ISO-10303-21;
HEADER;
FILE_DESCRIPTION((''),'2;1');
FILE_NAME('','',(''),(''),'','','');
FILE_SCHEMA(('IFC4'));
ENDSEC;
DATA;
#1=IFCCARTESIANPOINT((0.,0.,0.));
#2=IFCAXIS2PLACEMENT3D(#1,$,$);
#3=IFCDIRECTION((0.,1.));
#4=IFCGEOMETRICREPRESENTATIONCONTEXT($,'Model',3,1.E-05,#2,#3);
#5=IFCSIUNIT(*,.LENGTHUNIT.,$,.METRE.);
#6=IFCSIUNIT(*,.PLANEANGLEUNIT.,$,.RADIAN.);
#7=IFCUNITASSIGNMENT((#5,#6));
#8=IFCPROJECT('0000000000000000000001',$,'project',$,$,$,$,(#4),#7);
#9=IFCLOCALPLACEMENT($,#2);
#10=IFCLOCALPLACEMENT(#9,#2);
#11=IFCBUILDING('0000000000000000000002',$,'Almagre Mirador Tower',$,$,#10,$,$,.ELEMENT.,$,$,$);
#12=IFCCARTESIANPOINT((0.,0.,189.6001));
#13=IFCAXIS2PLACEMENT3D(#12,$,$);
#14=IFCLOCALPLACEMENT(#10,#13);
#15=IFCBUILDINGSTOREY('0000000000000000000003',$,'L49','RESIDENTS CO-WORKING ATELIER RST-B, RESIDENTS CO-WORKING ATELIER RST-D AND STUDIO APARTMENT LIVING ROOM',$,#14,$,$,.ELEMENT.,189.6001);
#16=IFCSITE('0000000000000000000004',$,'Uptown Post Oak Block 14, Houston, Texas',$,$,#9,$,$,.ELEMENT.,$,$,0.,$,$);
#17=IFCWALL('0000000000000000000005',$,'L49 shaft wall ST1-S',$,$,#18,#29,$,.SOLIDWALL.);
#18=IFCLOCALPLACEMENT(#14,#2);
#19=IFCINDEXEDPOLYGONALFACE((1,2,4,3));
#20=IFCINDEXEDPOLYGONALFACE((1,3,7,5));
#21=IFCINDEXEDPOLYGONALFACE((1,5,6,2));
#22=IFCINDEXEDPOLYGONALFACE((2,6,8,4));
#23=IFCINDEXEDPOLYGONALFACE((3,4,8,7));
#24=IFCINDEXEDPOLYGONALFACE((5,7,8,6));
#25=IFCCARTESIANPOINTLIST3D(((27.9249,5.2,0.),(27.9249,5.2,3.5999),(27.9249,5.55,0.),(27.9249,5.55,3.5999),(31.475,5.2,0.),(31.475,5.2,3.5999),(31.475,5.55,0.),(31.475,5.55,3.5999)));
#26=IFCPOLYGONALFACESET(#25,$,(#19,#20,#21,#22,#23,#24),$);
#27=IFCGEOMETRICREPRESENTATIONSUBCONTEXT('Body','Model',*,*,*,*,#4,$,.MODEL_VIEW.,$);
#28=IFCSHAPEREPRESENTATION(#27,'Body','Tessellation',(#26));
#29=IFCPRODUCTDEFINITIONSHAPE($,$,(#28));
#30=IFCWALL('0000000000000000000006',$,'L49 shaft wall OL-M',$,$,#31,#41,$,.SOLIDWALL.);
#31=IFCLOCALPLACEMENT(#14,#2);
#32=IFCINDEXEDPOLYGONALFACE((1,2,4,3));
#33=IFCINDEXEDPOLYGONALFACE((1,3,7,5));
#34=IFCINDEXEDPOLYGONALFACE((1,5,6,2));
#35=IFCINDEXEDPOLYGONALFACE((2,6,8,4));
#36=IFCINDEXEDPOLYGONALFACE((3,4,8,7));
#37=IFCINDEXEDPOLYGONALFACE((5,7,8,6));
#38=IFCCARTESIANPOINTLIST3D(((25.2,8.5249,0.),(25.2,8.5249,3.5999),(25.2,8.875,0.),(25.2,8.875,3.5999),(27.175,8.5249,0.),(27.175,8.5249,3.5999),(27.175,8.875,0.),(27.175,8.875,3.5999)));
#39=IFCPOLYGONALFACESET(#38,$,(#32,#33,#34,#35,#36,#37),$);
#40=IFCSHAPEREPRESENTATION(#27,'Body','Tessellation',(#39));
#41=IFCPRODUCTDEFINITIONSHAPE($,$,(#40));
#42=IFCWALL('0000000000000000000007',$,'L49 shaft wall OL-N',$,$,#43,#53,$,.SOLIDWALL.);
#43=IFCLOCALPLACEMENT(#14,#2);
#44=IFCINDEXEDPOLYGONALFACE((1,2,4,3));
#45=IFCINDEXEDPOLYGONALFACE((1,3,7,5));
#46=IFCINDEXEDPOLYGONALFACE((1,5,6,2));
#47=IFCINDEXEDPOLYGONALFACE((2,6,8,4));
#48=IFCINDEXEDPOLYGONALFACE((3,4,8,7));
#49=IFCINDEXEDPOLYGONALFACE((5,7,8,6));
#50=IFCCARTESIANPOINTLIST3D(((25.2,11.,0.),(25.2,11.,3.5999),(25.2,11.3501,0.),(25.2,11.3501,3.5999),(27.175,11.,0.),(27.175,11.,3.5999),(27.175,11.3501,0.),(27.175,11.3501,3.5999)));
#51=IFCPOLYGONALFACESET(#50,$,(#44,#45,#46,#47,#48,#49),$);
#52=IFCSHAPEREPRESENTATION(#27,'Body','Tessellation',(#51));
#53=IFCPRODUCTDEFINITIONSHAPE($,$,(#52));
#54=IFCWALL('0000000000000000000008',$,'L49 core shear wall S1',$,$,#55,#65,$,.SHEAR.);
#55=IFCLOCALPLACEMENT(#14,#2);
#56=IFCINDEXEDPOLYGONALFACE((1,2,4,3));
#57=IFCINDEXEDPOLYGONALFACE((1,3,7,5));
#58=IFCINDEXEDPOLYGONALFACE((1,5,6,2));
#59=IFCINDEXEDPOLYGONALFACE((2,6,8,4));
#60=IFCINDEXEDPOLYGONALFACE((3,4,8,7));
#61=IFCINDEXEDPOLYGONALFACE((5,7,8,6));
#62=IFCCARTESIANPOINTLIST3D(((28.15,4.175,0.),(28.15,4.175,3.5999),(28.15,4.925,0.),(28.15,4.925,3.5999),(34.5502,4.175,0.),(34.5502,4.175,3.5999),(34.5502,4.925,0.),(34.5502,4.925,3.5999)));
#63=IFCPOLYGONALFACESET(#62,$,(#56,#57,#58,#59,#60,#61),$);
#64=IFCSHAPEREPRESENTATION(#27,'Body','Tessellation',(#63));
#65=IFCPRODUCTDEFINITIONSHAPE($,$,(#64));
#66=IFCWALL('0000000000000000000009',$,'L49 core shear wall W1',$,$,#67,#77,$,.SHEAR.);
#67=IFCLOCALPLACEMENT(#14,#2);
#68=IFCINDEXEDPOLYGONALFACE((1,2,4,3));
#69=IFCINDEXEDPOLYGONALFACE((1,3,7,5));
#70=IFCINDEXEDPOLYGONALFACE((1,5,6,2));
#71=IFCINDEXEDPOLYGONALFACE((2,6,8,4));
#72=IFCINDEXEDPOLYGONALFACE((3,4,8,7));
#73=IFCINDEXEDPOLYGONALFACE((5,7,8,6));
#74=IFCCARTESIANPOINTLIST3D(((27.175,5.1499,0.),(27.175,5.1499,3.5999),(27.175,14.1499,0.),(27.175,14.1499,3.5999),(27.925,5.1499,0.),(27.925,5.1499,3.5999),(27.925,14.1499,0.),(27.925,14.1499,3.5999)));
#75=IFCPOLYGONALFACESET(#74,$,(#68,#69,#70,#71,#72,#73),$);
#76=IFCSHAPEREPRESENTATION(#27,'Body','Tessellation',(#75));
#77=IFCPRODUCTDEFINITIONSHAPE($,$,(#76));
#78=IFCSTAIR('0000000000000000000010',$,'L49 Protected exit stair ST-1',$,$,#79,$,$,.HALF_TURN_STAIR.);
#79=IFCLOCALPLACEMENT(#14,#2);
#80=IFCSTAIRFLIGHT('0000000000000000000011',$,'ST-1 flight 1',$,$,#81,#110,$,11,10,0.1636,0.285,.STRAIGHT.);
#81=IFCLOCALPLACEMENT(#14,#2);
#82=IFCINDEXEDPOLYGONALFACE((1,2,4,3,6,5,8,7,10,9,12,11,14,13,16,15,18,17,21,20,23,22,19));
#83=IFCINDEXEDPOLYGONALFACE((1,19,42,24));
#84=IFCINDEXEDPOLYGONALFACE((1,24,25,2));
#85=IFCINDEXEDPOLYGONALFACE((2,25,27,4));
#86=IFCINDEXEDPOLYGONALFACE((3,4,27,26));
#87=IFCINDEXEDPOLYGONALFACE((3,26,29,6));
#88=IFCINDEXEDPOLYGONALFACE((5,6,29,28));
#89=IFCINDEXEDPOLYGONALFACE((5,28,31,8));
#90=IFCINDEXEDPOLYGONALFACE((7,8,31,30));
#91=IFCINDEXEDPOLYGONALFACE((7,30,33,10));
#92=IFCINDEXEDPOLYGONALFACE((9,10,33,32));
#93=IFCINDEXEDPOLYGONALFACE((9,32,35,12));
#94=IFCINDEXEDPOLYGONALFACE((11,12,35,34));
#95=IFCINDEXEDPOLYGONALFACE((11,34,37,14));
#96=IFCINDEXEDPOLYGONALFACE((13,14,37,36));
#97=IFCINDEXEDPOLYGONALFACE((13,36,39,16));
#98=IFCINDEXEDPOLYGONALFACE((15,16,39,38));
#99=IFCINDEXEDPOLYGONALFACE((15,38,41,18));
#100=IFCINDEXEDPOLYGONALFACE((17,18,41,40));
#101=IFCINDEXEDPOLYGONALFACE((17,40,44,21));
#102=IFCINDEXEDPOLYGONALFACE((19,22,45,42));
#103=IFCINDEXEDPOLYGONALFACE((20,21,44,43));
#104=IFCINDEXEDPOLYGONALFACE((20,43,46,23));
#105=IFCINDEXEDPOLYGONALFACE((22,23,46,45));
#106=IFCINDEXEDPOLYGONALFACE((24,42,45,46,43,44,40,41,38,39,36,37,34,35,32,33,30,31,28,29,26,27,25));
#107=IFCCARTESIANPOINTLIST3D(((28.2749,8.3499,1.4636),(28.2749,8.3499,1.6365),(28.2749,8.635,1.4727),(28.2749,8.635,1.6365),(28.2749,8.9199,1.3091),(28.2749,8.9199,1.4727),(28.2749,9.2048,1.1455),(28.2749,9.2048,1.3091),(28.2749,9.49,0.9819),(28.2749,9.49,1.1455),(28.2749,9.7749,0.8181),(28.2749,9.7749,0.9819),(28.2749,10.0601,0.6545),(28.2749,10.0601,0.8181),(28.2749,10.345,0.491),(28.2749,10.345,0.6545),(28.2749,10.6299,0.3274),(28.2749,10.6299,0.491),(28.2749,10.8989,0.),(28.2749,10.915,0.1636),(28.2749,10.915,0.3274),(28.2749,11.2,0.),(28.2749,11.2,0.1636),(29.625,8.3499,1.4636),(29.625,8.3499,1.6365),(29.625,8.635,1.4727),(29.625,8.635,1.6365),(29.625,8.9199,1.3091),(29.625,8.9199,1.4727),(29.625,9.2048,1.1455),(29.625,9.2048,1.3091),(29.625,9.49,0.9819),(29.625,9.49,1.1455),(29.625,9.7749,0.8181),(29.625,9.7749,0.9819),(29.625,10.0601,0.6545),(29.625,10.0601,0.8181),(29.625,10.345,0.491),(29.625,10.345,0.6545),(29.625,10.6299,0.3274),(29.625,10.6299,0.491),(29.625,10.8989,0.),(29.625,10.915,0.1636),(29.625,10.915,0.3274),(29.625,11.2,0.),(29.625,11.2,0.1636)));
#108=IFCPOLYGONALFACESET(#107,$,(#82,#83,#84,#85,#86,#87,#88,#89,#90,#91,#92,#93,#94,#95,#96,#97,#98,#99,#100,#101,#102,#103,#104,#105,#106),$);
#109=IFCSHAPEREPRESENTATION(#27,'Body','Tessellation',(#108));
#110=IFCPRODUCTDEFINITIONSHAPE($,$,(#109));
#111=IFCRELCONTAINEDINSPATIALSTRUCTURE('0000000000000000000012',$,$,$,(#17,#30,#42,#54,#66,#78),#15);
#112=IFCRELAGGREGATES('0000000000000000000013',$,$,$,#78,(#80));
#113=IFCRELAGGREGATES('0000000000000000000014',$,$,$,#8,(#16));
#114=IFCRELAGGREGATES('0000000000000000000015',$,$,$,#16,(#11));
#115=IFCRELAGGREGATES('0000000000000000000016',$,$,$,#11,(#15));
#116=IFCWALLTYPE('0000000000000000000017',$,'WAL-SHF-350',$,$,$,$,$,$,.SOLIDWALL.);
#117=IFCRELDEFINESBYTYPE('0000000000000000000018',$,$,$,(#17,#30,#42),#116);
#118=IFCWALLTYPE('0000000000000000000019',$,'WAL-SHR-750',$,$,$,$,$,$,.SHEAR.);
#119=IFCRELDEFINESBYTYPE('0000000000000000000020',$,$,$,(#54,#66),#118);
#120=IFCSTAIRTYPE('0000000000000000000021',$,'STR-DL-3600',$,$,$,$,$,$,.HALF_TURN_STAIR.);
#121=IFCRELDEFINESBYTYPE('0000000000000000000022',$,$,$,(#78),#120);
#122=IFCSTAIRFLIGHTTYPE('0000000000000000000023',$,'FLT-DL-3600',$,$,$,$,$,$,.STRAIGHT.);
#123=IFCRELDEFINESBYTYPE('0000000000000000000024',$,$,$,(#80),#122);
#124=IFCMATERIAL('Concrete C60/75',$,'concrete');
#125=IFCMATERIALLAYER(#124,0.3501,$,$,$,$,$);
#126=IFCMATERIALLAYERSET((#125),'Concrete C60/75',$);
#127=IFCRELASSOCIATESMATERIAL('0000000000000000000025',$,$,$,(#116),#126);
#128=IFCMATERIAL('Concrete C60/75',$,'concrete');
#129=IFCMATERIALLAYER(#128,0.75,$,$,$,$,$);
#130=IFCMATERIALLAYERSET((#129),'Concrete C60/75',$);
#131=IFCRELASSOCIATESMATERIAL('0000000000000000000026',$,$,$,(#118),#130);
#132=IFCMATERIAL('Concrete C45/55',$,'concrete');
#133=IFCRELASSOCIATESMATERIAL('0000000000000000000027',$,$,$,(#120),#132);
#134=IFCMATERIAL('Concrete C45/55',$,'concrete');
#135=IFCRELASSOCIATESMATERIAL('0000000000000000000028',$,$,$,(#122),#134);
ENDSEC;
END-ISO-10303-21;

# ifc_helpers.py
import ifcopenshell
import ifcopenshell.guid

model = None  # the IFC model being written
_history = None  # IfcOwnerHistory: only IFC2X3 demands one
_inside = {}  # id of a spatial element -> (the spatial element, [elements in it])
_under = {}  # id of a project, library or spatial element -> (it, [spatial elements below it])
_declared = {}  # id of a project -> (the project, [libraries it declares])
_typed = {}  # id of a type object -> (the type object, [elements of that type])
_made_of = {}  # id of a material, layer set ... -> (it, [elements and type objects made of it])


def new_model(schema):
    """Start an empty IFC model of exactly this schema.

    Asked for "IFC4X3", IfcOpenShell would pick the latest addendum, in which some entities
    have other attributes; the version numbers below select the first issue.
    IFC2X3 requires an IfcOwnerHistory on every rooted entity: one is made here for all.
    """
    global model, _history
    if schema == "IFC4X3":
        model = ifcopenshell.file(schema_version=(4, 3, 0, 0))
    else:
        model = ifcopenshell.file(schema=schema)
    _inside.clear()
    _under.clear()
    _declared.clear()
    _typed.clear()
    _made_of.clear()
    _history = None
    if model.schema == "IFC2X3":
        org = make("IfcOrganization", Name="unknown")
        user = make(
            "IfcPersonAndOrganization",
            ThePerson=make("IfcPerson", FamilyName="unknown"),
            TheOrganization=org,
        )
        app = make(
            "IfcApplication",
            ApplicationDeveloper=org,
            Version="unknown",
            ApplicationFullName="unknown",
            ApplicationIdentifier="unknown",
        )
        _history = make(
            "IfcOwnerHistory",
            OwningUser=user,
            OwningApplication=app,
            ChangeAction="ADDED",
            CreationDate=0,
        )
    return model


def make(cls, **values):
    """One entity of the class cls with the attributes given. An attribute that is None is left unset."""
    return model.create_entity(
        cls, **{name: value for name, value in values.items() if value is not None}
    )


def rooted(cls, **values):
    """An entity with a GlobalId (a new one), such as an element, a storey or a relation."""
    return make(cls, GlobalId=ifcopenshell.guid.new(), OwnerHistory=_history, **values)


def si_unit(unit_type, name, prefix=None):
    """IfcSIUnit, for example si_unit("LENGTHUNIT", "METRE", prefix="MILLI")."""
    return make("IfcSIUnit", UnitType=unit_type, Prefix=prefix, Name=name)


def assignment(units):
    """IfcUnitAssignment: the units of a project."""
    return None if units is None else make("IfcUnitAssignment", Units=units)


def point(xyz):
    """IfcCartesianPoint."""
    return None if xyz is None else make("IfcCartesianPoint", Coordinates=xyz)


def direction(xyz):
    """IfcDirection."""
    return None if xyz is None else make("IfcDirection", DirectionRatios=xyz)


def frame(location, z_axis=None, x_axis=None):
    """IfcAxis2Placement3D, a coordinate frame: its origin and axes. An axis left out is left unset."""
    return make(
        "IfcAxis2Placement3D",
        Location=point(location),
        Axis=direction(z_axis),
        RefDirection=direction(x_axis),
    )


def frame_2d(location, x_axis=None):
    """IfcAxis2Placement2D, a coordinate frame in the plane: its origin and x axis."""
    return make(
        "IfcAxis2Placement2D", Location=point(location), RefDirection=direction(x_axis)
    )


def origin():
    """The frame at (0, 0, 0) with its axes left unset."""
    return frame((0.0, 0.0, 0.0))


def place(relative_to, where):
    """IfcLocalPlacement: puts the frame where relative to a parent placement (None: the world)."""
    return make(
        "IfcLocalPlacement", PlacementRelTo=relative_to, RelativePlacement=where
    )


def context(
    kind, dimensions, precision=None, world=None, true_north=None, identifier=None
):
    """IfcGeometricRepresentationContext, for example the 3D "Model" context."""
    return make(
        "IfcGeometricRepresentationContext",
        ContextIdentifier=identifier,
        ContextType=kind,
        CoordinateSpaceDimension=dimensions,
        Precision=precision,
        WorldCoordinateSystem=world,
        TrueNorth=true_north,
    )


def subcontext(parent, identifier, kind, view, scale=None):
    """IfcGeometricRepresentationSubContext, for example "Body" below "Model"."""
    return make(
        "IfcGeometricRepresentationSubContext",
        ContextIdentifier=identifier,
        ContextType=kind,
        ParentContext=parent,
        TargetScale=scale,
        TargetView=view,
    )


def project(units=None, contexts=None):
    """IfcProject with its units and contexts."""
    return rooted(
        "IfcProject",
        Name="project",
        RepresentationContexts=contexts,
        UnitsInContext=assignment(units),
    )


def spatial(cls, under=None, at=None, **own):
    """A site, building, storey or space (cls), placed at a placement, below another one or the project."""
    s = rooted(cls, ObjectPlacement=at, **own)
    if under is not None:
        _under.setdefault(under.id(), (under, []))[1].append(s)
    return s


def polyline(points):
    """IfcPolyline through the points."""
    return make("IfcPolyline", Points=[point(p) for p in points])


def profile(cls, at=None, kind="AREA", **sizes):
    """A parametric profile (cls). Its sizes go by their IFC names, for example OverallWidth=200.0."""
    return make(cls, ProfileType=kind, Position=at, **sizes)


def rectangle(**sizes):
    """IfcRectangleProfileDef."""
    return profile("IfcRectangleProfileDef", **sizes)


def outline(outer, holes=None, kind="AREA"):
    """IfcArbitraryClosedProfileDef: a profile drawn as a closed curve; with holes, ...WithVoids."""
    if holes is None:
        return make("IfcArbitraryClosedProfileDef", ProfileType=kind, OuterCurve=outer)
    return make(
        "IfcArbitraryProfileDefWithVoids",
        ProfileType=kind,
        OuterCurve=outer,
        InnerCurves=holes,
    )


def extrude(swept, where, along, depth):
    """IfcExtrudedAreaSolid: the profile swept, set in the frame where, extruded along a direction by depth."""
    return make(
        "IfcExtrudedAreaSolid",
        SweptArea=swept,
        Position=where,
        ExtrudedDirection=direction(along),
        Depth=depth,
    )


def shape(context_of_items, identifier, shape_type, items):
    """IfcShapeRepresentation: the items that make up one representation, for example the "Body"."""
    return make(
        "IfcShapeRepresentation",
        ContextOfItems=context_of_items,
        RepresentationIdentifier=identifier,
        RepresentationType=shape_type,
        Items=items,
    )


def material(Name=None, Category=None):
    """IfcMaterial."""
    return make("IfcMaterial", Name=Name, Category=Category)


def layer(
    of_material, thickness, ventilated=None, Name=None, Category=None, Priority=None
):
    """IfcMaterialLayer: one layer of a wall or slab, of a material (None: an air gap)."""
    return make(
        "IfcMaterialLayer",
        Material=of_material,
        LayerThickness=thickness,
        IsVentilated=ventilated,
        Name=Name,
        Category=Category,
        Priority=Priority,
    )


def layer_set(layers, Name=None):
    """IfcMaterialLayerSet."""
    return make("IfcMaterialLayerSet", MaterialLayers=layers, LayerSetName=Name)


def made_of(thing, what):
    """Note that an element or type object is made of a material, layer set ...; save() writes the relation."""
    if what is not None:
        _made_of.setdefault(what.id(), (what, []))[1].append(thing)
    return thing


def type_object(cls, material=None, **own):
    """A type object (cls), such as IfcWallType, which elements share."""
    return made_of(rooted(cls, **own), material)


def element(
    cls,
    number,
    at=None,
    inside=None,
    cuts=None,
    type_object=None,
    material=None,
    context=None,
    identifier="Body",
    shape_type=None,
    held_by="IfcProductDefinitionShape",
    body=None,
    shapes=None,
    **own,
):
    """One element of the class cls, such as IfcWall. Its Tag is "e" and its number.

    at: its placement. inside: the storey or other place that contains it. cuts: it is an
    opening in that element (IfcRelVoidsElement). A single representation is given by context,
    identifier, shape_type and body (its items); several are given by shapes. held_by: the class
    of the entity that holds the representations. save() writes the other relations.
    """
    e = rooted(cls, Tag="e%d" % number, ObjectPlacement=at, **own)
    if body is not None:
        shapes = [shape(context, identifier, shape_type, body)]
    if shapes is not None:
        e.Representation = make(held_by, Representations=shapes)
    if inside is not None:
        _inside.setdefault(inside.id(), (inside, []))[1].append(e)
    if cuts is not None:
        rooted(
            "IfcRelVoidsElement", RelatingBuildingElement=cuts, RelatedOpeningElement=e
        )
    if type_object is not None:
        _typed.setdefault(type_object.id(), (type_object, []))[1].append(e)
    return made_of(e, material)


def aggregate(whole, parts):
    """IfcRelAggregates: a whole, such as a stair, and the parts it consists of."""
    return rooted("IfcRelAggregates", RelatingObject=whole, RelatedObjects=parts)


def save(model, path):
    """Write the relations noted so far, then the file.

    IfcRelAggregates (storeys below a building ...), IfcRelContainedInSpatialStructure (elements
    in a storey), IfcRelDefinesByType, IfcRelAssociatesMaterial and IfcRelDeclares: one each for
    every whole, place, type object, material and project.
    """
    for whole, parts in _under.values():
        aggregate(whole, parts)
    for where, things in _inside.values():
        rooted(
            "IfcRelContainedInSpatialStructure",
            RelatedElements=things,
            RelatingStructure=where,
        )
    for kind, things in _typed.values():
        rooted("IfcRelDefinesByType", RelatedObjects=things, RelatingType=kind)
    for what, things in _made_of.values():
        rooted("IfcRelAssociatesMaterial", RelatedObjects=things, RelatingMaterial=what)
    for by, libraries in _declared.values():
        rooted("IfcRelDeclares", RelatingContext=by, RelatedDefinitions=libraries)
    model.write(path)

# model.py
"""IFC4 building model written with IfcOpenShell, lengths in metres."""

from ifc_helpers import new_model, si_unit, direction, frame, frame_2d, origin, place, context, subcontext, project, spatial, polyline, rectangle, outline, extrude, material, layer, layer_set, type_object, element, aggregate, save


model = new_model("IFC4")

# Units and contexts
model_context = context("Model", 3, precision=1e-05, world=origin(), true_north=direction((0.0, 1.0)))
body_context = subcontext(model_context, "Body", "Model", "MODEL_VIEW")
ifc_project = project(units=[si_unit("LENGTHUNIT", "METRE"), si_unit("PLANEANGLEUNIT", "RADIAN")], contexts=[model_context])

# Site, building, storey
site_placement = place(None, origin())
site = spatial("IfcSite", under=ifc_project, at=site_placement, Name="Uptown Post Oak Block 14, Houston, Texas", CompositionType="ELEMENT", RefElevation=0.0)
building_placement = place(site_placement, origin())
building = spatial("IfcBuilding", under=site, at=building_placement, Name="Almagre Mirador Tower", CompositionType="ELEMENT")
storey_placement = place(building_placement, frame((0.0, 0.0, 189.6001)))
storey = spatial("IfcBuildingStorey", under=building, at=storey_placement, Name="L49", Description="RESIDENTS CO-WORKING ATELIER RST-B, RESIDENTS CO-WORKING ATELIER RST-D AND STUDIO APARTMENT LIVING ROOM", CompositionType="ELEMENT", Elevation=189.6001)

# Walls
ifc_material_1 = material(Name="Concrete C60/75", Category="concrete")
ifc_layer_1 = layer(ifc_material_1, 0.3501)
ifc_layer_set_1 = layer_set([ifc_layer_1], Name="Concrete C60/75")
wall_type_1 = type_object("IfcWallType", Name="WAL-SHF-350", PredefinedType="SOLIDWALL", material=ifc_layer_set_1)
wall_1_placement = place(storey_placement, frame((27.925, 5.375, 0.0), z_axis=(0.0, 0.0, 1.0), x_axis=(1.0, 0.0, 0.0)))
element("IfcWall", 1, at=wall_1_placement, inside=storey, type_object=wall_type_1, Name="L49 shaft wall ST1-S", PredefinedType="SOLIDWALL", context=body_context, shape_type="SweptSolid", body=[
    extrude(rectangle(XDim=3.55, YDim=0.3501, at=frame_2d((1.7749, 0.0))), origin(), (0.0, 0.0, 1.0), 3.5999),
])
for number, where, z_axis, x_axis, name in (
    (2, (25.2, 8.7, 0.0), (0.0, 0.0, 1.0), (1.0, 0.0, 0.0), "L49 shaft wall OL-M"),
    (3, (25.2, 11.175, 0.0), (0.0, 0.0, 1.0), (1.0, 0.0, 0.0), "L49 shaft wall OL-N"),
):
    element("IfcWall", number, at=place(storey_placement, frame(where, z_axis=z_axis, x_axis=x_axis)), inside=storey, type_object=wall_type_1, Name=name, PredefinedType="SOLIDWALL", context=body_context, shape_type="SweptSolid", body=[
        extrude(rectangle(XDim=1.9751, YDim=0.3501, at=frame_2d((0.9875, 0.0))), origin(), (0.0, 0.0, 1.0), 3.5999),
    ])
ifc_material_2 = material(Name="Concrete C60/75", Category="concrete")
ifc_layer_2 = layer(ifc_material_2, 0.75)
ifc_layer_set_2 = layer_set([ifc_layer_2], Name="Concrete C60/75")
wall_type_2 = type_object("IfcWallType", Name="WAL-SHR-750", PredefinedType="SHEAR", material=ifc_layer_set_2)
wall_2_placement = place(storey_placement, frame((28.1499, 4.55, 0.0), z_axis=(0.0, 0.0, 1.0), x_axis=(1.0, 0.0, 0.0)))
element("IfcWall", 4, at=wall_2_placement, inside=storey, type_object=wall_type_2, Name="L49 core shear wall S1", PredefinedType="SHEAR", context=body_context, shape_type="SweptSolid", body=[
    extrude(rectangle(XDim=6.4001, YDim=0.75, at=frame_2d((3.2002, 0.0))), origin(), (0.0, 0.0, 1.0), 3.5999),
])
wall_3_placement = place(storey_placement, frame((27.55, 5.1499, 0.0), z_axis=(0.0, 0.0, 1.0), x_axis=(0.0, 1.0, 0.0)))
element("IfcWall", 5, at=wall_3_placement, inside=storey, type_object=wall_type_2, Name="L49 core shear wall W1", PredefinedType="SHEAR", context=body_context, shape_type="SweptSolid", body=[
    extrude(rectangle(XDim=9.0, YDim=0.75, at=frame_2d((4.5, 0.0))), origin(), (0.0, 0.0, 1.0), 3.5999),
])

# Stair, stair flight
ifc_material_3 = material(Name="Concrete C45/55", Category="concrete")
stair_type = type_object("IfcStairType", Name="STR-DL-3600", PredefinedType="HALF_TURN_STAIR", material=ifc_material_3)
stair_placement = place(storey_placement, origin())
stair = element("IfcStair", 6, at=stair_placement, inside=storey, type_object=stair_type, Name="L49 Protected exit stair ST-1", PredefinedType="HALF_TURN_STAIR")
ifc_material_4 = material(Name="Concrete C45/55", Category="concrete")
stair_flight_type = type_object("IfcStairFlightType", Name="FLT-DL-3600", PredefinedType="STRAIGHT", material=ifc_material_4)
stair_flight_placement = place(storey_placement, frame((28.95, 11.2, 0.0), z_axis=(0.0, 0.0, 1.0), x_axis=(0.0, -1.0, 0.0)))
stair_flight = element("IfcStairFlight", 7, at=stair_flight_placement, type_object=stair_flight_type, Name="ST-1 flight 1", NumberOfRisers=11, NumberOfTreads=10, PredefinedType="STRAIGHT", RiserHeight=0.1636, TreadLength=0.285, context=body_context, shape_type="SweptSolid", body=[
    extrude(outline(polyline([(0.0, 0.0), (0.0, 0.1636), (0.2849, 0.1636), (0.2849, 0.3274), (0.5701, 0.3274), (0.5701, 0.491), (0.855, 0.491), (0.855, 0.6545), (1.1399, 0.6545), (1.1399, 0.8181), (1.425, 0.8181), (1.425, 0.9819), (1.71, 0.9819), (1.71, 1.1455), (1.9951, 1.1455), (1.9951, 1.3091), (2.28, 1.3091), (2.28, 1.4727), (2.5649, 1.4727), (2.5649, 1.6365), (2.8501, 1.6365), (2.8501, 1.8), (2.8501, 1.4636), (0.301, 0.0), (0.0, 0.0)])), frame((0.0, 0.675, 0.0), z_axis=(0.0, -1.0, 0.0), x_axis=(1.0, 0.0, 0.0)), (0.0, 0.0, 1.0), 1.3501),
])
aggregate(stair, [stair_flight])

save(model, "model.ifc")
